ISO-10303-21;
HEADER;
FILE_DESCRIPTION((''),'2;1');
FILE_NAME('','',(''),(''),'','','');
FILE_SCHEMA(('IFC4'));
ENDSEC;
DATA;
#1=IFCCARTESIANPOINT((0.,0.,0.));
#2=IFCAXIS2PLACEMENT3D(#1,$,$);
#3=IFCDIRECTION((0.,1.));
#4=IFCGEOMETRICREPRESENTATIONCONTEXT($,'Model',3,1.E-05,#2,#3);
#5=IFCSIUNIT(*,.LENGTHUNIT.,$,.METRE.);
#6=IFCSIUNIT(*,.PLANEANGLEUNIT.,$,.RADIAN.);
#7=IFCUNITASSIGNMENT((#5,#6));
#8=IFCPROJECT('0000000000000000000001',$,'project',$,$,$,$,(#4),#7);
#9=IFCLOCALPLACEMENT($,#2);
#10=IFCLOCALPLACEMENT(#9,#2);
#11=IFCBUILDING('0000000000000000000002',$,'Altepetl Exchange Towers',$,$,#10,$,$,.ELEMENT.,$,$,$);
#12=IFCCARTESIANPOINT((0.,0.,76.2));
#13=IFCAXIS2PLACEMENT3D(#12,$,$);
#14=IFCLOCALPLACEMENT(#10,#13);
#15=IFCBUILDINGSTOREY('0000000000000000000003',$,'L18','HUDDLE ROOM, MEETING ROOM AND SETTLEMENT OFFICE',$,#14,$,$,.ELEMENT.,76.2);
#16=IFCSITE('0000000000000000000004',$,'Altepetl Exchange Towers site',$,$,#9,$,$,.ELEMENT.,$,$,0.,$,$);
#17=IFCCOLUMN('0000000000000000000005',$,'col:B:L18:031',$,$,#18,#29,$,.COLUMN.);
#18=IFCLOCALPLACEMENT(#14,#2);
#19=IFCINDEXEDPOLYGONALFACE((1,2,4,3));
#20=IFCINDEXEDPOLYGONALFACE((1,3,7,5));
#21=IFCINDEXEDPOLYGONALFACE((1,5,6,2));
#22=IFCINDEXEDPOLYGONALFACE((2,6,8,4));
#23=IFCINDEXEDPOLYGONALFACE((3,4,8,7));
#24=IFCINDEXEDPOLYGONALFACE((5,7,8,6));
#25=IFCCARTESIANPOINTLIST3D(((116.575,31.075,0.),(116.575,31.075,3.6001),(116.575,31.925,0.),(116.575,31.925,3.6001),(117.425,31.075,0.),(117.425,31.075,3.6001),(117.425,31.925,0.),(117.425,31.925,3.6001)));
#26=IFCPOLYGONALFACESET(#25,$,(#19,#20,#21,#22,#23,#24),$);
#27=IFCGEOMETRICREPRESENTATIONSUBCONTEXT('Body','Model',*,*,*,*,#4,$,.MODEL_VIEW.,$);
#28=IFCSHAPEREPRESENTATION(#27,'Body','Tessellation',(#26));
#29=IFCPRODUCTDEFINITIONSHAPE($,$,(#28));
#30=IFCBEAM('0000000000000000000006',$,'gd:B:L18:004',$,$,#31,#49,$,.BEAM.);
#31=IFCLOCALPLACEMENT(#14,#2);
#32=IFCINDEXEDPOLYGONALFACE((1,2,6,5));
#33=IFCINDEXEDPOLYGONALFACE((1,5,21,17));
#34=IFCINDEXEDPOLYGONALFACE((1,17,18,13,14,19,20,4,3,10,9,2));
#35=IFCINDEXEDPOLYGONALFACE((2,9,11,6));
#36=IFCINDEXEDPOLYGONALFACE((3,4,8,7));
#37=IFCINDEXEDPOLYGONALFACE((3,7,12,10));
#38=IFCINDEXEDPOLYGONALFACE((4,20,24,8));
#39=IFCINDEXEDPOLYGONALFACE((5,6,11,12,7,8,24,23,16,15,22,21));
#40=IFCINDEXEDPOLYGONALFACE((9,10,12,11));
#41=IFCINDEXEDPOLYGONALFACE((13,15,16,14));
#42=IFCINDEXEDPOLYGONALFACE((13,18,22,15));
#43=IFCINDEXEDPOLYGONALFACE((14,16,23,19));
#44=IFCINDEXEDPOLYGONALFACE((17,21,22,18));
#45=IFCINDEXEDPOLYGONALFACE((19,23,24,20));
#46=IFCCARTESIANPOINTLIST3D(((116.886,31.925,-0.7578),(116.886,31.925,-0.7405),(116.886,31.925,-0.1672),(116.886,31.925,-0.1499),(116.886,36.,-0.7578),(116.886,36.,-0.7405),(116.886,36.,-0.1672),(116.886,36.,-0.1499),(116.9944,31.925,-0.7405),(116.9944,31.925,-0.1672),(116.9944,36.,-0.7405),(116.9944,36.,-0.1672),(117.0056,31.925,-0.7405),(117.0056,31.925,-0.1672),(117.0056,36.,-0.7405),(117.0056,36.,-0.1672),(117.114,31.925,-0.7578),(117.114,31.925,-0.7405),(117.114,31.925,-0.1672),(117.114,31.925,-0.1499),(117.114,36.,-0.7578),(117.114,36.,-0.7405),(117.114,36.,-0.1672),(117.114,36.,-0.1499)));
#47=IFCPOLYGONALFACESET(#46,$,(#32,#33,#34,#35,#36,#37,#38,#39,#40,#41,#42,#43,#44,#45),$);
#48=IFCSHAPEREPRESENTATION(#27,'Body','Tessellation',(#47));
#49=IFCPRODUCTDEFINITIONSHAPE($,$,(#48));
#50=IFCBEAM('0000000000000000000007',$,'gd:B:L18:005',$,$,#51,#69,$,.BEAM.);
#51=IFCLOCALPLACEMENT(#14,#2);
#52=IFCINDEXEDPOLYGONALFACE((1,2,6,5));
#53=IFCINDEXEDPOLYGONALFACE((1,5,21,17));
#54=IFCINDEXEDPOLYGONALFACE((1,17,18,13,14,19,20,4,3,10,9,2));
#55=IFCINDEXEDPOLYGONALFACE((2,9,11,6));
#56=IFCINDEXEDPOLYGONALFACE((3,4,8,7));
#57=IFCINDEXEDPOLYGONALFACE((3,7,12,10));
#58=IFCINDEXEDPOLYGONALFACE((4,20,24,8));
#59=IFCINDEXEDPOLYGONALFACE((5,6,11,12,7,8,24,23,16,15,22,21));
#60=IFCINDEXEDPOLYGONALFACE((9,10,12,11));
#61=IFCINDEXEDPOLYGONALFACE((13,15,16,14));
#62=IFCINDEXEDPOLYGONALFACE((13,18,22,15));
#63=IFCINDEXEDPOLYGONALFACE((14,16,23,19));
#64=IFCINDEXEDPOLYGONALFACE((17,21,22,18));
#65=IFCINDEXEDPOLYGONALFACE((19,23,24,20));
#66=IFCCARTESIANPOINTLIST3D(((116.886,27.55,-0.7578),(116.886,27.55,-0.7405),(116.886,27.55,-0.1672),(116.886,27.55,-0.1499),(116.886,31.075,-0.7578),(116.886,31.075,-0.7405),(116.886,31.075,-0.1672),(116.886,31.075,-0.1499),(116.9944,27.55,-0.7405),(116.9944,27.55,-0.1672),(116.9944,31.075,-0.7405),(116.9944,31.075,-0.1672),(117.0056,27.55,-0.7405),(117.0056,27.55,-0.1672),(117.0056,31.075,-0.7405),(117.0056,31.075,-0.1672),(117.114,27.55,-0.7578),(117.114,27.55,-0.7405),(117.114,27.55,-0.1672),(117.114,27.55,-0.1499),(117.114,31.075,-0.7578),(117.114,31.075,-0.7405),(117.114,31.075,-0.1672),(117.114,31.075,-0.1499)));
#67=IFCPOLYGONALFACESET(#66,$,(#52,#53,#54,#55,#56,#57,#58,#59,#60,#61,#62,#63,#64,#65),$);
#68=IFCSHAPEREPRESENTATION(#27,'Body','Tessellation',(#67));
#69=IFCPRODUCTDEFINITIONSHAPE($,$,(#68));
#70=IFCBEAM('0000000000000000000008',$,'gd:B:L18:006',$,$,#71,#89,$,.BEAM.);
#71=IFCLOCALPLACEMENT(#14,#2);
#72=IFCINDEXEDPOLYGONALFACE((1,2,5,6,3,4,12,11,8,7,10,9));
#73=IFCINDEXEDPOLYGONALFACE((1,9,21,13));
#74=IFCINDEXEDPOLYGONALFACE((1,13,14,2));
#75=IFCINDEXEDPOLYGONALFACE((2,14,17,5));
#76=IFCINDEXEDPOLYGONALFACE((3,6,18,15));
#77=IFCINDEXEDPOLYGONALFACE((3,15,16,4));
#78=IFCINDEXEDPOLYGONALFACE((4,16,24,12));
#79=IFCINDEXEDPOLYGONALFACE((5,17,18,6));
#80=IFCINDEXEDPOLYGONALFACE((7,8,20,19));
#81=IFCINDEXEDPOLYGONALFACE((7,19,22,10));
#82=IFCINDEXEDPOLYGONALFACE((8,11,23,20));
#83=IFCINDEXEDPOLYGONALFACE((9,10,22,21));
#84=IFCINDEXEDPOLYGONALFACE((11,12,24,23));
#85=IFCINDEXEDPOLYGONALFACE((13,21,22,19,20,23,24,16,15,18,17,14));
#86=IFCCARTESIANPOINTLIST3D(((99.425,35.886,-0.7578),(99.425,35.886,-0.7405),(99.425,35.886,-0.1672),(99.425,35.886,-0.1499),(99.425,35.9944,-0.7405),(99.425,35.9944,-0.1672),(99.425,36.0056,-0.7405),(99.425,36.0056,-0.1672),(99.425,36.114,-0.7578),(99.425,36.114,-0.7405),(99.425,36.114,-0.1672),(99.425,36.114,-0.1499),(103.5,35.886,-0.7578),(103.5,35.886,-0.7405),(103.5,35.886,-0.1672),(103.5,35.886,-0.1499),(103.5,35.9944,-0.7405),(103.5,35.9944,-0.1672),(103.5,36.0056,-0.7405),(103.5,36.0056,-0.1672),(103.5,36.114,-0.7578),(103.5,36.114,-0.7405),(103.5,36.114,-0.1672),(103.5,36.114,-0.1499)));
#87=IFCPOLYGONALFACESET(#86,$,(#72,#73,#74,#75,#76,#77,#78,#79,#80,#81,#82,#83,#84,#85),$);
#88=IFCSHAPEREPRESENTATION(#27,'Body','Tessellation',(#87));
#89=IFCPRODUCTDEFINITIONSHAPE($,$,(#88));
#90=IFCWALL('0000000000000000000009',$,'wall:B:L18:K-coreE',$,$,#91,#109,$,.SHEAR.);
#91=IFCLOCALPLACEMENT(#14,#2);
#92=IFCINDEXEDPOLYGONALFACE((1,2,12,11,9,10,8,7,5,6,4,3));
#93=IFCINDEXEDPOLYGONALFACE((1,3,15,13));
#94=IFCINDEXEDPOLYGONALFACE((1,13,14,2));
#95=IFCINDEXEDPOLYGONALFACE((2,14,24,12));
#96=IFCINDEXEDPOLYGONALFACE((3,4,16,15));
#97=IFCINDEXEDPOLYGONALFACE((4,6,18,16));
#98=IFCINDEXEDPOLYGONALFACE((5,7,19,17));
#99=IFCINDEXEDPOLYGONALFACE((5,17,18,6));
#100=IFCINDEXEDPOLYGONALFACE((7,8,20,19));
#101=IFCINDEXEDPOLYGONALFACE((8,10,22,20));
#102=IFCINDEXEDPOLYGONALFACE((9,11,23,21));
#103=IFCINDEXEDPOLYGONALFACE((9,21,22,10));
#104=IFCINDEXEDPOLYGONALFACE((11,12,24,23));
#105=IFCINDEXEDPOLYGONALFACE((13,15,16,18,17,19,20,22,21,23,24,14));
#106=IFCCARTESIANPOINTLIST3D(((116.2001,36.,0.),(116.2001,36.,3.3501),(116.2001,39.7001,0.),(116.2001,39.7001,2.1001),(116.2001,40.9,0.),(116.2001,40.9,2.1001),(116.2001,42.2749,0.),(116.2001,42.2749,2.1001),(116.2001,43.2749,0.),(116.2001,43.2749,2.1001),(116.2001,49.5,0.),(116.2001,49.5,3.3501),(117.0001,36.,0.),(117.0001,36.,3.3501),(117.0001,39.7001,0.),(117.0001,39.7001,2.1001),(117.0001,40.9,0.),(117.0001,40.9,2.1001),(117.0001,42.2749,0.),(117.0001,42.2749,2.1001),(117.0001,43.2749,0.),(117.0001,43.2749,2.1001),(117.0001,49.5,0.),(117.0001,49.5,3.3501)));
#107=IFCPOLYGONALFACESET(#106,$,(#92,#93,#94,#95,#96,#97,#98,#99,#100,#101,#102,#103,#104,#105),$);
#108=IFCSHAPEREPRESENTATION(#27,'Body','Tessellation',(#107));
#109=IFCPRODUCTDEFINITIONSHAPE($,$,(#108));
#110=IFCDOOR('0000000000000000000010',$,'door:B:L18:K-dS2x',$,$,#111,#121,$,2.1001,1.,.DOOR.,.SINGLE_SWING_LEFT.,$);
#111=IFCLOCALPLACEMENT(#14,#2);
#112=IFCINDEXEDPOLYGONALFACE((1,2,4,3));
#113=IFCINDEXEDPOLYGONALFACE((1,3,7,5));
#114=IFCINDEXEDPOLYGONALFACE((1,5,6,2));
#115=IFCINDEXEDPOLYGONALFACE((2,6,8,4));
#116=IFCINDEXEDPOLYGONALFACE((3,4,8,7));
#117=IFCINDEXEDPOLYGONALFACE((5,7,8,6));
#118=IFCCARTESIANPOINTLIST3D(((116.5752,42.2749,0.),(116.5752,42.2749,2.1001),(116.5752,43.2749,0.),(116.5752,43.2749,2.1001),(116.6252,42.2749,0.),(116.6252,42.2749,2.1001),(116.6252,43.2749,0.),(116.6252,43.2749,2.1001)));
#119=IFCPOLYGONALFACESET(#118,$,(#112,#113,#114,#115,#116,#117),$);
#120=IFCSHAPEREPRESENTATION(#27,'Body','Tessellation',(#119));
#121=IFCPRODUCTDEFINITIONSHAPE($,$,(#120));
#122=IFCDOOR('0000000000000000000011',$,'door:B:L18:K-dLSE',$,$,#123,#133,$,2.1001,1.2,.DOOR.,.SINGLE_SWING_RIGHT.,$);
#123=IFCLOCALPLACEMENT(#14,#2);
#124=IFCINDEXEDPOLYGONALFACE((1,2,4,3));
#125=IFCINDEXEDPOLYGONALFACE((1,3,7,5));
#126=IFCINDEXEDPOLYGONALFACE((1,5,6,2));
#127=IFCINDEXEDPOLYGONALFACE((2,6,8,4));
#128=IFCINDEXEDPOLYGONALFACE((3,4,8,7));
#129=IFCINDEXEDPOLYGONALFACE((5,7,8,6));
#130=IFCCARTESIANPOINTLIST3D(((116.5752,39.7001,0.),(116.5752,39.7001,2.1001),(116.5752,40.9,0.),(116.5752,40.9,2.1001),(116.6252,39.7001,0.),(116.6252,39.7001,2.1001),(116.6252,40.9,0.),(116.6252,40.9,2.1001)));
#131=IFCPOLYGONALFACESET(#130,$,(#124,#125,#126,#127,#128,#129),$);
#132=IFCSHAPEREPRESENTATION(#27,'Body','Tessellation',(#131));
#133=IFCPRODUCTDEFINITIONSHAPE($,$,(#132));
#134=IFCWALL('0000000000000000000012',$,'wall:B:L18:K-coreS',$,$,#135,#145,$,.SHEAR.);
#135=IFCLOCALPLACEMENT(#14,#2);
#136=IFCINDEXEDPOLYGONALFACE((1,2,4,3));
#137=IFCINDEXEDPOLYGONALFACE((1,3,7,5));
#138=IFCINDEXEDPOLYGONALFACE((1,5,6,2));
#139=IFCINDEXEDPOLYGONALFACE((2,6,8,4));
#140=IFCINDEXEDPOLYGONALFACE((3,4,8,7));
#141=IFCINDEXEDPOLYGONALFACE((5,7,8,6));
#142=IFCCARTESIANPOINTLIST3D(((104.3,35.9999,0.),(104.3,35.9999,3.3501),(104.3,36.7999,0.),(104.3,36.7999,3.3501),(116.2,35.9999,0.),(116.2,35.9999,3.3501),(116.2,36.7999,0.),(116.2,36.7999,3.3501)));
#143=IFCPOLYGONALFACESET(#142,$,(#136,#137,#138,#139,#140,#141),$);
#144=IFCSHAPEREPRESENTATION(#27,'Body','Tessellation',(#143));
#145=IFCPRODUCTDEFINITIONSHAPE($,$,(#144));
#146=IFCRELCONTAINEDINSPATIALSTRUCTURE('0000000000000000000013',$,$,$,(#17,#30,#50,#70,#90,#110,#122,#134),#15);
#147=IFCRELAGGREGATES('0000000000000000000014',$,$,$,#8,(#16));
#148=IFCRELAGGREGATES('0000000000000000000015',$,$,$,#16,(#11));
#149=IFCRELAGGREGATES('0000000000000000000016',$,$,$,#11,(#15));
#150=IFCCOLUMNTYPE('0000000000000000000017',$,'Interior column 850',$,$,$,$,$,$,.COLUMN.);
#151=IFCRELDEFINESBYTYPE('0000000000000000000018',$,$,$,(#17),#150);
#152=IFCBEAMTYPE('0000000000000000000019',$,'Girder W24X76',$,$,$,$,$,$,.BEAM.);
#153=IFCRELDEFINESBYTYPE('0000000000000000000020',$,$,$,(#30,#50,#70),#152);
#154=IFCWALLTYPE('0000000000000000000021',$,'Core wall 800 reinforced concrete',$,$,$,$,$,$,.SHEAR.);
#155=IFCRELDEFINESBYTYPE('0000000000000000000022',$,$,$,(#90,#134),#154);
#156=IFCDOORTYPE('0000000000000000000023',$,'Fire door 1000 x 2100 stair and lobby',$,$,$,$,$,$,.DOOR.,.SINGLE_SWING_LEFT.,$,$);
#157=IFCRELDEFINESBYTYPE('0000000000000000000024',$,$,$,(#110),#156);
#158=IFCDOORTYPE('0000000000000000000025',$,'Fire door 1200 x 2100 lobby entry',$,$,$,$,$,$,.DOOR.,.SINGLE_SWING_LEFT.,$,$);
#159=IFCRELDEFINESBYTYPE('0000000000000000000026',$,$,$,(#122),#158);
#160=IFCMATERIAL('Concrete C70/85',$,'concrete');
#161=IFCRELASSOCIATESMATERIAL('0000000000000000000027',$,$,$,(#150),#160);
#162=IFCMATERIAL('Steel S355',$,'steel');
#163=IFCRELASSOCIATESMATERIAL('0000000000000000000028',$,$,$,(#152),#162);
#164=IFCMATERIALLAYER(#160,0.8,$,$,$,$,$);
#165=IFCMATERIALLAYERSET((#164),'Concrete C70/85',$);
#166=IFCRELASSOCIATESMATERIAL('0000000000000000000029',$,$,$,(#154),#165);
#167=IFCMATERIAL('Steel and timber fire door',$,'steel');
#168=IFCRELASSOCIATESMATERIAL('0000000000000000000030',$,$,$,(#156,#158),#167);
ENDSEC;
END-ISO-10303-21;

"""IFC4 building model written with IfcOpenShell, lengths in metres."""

from ifc_helpers import new_model, si_unit, direction, frame, frame_2d, origin, origin_2d, place, context, subcontext, project, spatial, rectangle, i_section, extrude, material, layer, layer_set, material_profile, profile_set, type_object, element, fill, save


model = new_model("IFC4")

# Units and contexts
model_context = context("Model", 3, precision=1e-05, world=origin(), true_north=direction((0.0, 1.0)))
body_context = subcontext(model_context, "Body", "Model", "MODEL_VIEW")
ifc_project = project(units=[si_unit("LENGTHUNIT", "METRE"), si_unit("PLANEANGLEUNIT", "RADIAN")], contexts=[model_context])

# Site, building, storey
site_placement = place(None, origin())
site = spatial("IfcSite", under=ifc_project, at=site_placement, Name="Altepetl Exchange Towers site", CompositionType="ELEMENT", RefElevation=0.0)
building_placement = place(site_placement, origin())
building = spatial("IfcBuilding", under=site, at=building_placement, Name="Altepetl Exchange Towers", CompositionType="ELEMENT")
storey_placement = place(building_placement, frame((0.0, 0.0, 76.2)))
storey = spatial("IfcBuildingStorey", under=building, at=storey_placement, Name="L18", Description="HUDDLE ROOM, MEETING ROOM AND SETTLEMENT OFFICE", CompositionType="ELEMENT", Elevation=76.2)

# Column
ifc_material_1 = material(Name="Concrete C70/85", Category="concrete")
ifc_material_profile_1 = material_profile(ifc_material_1, rectangle(XDim=0.8501, YDim=0.8501, at=origin_2d()), Name="850 x 850")
ifc_profile_set_1 = profile_set([ifc_material_profile_1], Name="Concrete C70/85")
column_type = type_object("IfcColumnType", Name="Interior column 850", PredefinedType="COLUMN", material=ifc_profile_set_1)
column_placement = place(storey_placement, frame((117.0, 31.5, 0.0)))
element("IfcColumn", 1, at=column_placement, inside=storey, type_object=column_type, Name="col:B:L18:031", PredefinedType="COLUMN", context=body_context, shape_type="SweptSolid", body=[
    extrude(rectangle(XDim=0.8501, YDim=0.8501, at=origin_2d()), origin(), (0.0, 0.0, 1.0), 3.6001),
])

# Beams
ifc_material_2 = material(Name="Steel S355", Category="steel")
ifc_material_profile_2 = material_profile(ifc_material_2, i_section(OverallWidth=0.228, OverallDepth=0.6079, WebThickness=0.0112, FlangeThickness=0.0173, at=origin_2d()), Name="W24X76")
ifc_profile_set_2 = profile_set([ifc_material_profile_2], Name="Steel S355")
beam_type = type_object("IfcBeamType", Name="Girder W24X76", PredefinedType="BEAM", material=ifc_profile_set_2)
beam_1_placement = place(storey_placement, frame((117.0, 36.0, -0.4539), z_axis=(0.0, -1.0, 0.0), x_axis=(1.0, 0.0, 0.0)))
element("IfcBeam", 2, at=beam_1_placement, inside=storey, type_object=beam_type, Name="gd:B:L18:004", PredefinedType="BEAM", context=body_context, shape_type="SweptSolid", body=[
    extrude(i_section(OverallWidth=0.228, OverallDepth=0.6079, WebThickness=0.0112, FlangeThickness=0.0173, at=origin_2d()), origin(), (0.0, 0.0, 1.0), 4.075),
])
beam_2_placement = place(storey_placement, frame((117.0, 31.075, -0.4539), z_axis=(0.0, -1.0, 0.0), x_axis=(1.0, 0.0, 0.0)))
element("IfcBeam", 3, at=beam_2_placement, inside=storey, type_object=beam_type, Name="gd:B:L18:005", PredefinedType="BEAM", context=body_context, shape_type="SweptSolid", body=[
    extrude(i_section(OverallWidth=0.228, OverallDepth=0.6079, WebThickness=0.0112, FlangeThickness=0.0173, at=origin_2d()), origin(), (0.0, 0.0, 1.0), 3.5249),
])
beam_3_placement = place(storey_placement, frame((103.5, 36.0, -0.4539), z_axis=(-1.0, 0.0, 0.0), x_axis=(0.0, -1.0, 0.0)))
element("IfcBeam", 4, at=beam_3_placement, inside=storey, type_object=beam_type, Name="gd:B:L18:006", PredefinedType="BEAM", context=body_context, shape_type="SweptSolid", body=[
    extrude(i_section(OverallWidth=0.228, OverallDepth=0.6079, WebThickness=0.0112, FlangeThickness=0.0173, at=origin_2d()), origin(), (0.0, 0.0, 1.0), 4.075),
])

# Wall, openings, doors
ifc_layer_1 = layer(ifc_material_1, 0.8)
ifc_layer_set_1 = layer_set([ifc_layer_1], Name="Concrete C70/85")
wall_type_1 = type_object("IfcWallType", Name="Core wall 800 reinforced concrete", PredefinedType="SHEAR", material=ifc_layer_set_1)
wall_1_placement = place(storey_placement, frame((116.6001, 36.0, 0.0), z_axis=(0.0, 0.0, 1.0), x_axis=(0.0, 1.0, 0.0)))
wall_1 = element("IfcWall", 5, at=wall_1_placement, inside=storey, type_object=wall_type_1, Name="wall:B:L18:K-coreE", PredefinedType="SHEAR", context=body_context, shape_type="SweptSolid", body=[
    extrude(rectangle(XDim=13.5, YDim=0.8, at=frame_2d((6.75, 0.0))), origin(), (0.0, 0.0, 1.0), 3.3501),
])
opening_1_placement = place(wall_1_placement, frame((3.7, 0.0, 0.0)))
opening_1 = element("IfcOpeningElement", 6, at=opening_1_placement, cuts=wall_1, PredefinedType="OPENING", context=body_context, shape_type="SweptSolid", body=[
    extrude(rectangle(XDim=1.2, YDim=2.1001, at=frame_2d((0.6001, 1.05))), frame((0.0, 0.4102, 0.0), z_axis=(0.0, -1.0, 0.0), x_axis=(1.0, 0.0, 0.0)), (0.0, 0.0, 1.0), 0.8201),
])
opening_2_placement = place(wall_1_placement, frame((6.2749, 0.0, 0.0)))
opening_2 = element("IfcOpeningElement", 7, at=opening_2_placement, cuts=wall_1, PredefinedType="OPENING", context=body_context, shape_type="SweptSolid", body=[
    extrude(rectangle(XDim=1.0, YDim=2.1001, at=frame_2d((0.5, 1.05))), frame((0.0, 0.4102, 0.0), z_axis=(0.0, -1.0, 0.0), x_axis=(1.0, 0.0, 0.0)), (0.0, 0.0, 1.0), 0.8201),
])
ifc_material_3 = material(Name="Steel and timber fire door", Category="steel")
door_type_1 = type_object("IfcDoorType", Name="Fire door 1000 x 2100 stair and lobby", OperationType="SINGLE_SWING_LEFT", PredefinedType="DOOR", material=ifc_material_3)
door_1_placement = place(opening_2_placement, origin())
door_1 = element("IfcDoor", 8, at=door_1_placement, inside=storey, type_object=door_type_1, Name="door:B:L18:K-dS2x", OperationType="SINGLE_SWING_LEFT", OverallHeight=2.1001, OverallWidth=1.0, PredefinedType="DOOR", context=body_context, shape_type="SweptSolid", body=[
    extrude(rectangle(XDim=1.0, YDim=2.1001, at=frame_2d((0.5, 1.05))), frame((0.0, 0.0249, 0.0), z_axis=(0.0, -1.0, 0.0), x_axis=(1.0, 0.0, 0.0)), (0.0, 0.0, 1.0), 0.05),
])
fill(opening_2, door_1)
door_type_2 = type_object("IfcDoorType", Name="Fire door 1200 x 2100 lobby entry", OperationType="SINGLE_SWING_LEFT", PredefinedType="DOOR", material=ifc_material_3)
door_2_placement = place(opening_1_placement, origin())
door_2 = element("IfcDoor", 9, at=door_2_placement, inside=storey, type_object=door_type_2, Name="door:B:L18:K-dLSE", OperationType="SINGLE_SWING_RIGHT", OverallHeight=2.1001, OverallWidth=1.2, PredefinedType="DOOR", context=body_context, shape_type="SweptSolid", body=[
    extrude(rectangle(XDim=1.2, YDim=2.1001, at=frame_2d((0.6001, 1.05))), frame((0.0, 0.0249, 0.0), z_axis=(0.0, -1.0, 0.0), x_axis=(1.0, 0.0, 0.0)), (0.0, 0.0, 1.0), 0.05),
])
fill(opening_1, door_2)

# Wall
wall_2_placement = place(storey_placement, frame((104.3, 36.3999, 0.0)))
element("IfcWall", 10, at=wall_2_placement, inside=storey, type_object=wall_type_1, Name="wall:B:L18:K-coreS", PredefinedType="SHEAR", context=body_context, shape_type="SweptSolid", body=[
    extrude(rectangle(XDim=11.8999, YDim=0.8, at=frame_2d((5.95, 0.0))), origin(), (0.0, 0.0, 1.0), 3.3501),
])

save(model, "model.ifc")
